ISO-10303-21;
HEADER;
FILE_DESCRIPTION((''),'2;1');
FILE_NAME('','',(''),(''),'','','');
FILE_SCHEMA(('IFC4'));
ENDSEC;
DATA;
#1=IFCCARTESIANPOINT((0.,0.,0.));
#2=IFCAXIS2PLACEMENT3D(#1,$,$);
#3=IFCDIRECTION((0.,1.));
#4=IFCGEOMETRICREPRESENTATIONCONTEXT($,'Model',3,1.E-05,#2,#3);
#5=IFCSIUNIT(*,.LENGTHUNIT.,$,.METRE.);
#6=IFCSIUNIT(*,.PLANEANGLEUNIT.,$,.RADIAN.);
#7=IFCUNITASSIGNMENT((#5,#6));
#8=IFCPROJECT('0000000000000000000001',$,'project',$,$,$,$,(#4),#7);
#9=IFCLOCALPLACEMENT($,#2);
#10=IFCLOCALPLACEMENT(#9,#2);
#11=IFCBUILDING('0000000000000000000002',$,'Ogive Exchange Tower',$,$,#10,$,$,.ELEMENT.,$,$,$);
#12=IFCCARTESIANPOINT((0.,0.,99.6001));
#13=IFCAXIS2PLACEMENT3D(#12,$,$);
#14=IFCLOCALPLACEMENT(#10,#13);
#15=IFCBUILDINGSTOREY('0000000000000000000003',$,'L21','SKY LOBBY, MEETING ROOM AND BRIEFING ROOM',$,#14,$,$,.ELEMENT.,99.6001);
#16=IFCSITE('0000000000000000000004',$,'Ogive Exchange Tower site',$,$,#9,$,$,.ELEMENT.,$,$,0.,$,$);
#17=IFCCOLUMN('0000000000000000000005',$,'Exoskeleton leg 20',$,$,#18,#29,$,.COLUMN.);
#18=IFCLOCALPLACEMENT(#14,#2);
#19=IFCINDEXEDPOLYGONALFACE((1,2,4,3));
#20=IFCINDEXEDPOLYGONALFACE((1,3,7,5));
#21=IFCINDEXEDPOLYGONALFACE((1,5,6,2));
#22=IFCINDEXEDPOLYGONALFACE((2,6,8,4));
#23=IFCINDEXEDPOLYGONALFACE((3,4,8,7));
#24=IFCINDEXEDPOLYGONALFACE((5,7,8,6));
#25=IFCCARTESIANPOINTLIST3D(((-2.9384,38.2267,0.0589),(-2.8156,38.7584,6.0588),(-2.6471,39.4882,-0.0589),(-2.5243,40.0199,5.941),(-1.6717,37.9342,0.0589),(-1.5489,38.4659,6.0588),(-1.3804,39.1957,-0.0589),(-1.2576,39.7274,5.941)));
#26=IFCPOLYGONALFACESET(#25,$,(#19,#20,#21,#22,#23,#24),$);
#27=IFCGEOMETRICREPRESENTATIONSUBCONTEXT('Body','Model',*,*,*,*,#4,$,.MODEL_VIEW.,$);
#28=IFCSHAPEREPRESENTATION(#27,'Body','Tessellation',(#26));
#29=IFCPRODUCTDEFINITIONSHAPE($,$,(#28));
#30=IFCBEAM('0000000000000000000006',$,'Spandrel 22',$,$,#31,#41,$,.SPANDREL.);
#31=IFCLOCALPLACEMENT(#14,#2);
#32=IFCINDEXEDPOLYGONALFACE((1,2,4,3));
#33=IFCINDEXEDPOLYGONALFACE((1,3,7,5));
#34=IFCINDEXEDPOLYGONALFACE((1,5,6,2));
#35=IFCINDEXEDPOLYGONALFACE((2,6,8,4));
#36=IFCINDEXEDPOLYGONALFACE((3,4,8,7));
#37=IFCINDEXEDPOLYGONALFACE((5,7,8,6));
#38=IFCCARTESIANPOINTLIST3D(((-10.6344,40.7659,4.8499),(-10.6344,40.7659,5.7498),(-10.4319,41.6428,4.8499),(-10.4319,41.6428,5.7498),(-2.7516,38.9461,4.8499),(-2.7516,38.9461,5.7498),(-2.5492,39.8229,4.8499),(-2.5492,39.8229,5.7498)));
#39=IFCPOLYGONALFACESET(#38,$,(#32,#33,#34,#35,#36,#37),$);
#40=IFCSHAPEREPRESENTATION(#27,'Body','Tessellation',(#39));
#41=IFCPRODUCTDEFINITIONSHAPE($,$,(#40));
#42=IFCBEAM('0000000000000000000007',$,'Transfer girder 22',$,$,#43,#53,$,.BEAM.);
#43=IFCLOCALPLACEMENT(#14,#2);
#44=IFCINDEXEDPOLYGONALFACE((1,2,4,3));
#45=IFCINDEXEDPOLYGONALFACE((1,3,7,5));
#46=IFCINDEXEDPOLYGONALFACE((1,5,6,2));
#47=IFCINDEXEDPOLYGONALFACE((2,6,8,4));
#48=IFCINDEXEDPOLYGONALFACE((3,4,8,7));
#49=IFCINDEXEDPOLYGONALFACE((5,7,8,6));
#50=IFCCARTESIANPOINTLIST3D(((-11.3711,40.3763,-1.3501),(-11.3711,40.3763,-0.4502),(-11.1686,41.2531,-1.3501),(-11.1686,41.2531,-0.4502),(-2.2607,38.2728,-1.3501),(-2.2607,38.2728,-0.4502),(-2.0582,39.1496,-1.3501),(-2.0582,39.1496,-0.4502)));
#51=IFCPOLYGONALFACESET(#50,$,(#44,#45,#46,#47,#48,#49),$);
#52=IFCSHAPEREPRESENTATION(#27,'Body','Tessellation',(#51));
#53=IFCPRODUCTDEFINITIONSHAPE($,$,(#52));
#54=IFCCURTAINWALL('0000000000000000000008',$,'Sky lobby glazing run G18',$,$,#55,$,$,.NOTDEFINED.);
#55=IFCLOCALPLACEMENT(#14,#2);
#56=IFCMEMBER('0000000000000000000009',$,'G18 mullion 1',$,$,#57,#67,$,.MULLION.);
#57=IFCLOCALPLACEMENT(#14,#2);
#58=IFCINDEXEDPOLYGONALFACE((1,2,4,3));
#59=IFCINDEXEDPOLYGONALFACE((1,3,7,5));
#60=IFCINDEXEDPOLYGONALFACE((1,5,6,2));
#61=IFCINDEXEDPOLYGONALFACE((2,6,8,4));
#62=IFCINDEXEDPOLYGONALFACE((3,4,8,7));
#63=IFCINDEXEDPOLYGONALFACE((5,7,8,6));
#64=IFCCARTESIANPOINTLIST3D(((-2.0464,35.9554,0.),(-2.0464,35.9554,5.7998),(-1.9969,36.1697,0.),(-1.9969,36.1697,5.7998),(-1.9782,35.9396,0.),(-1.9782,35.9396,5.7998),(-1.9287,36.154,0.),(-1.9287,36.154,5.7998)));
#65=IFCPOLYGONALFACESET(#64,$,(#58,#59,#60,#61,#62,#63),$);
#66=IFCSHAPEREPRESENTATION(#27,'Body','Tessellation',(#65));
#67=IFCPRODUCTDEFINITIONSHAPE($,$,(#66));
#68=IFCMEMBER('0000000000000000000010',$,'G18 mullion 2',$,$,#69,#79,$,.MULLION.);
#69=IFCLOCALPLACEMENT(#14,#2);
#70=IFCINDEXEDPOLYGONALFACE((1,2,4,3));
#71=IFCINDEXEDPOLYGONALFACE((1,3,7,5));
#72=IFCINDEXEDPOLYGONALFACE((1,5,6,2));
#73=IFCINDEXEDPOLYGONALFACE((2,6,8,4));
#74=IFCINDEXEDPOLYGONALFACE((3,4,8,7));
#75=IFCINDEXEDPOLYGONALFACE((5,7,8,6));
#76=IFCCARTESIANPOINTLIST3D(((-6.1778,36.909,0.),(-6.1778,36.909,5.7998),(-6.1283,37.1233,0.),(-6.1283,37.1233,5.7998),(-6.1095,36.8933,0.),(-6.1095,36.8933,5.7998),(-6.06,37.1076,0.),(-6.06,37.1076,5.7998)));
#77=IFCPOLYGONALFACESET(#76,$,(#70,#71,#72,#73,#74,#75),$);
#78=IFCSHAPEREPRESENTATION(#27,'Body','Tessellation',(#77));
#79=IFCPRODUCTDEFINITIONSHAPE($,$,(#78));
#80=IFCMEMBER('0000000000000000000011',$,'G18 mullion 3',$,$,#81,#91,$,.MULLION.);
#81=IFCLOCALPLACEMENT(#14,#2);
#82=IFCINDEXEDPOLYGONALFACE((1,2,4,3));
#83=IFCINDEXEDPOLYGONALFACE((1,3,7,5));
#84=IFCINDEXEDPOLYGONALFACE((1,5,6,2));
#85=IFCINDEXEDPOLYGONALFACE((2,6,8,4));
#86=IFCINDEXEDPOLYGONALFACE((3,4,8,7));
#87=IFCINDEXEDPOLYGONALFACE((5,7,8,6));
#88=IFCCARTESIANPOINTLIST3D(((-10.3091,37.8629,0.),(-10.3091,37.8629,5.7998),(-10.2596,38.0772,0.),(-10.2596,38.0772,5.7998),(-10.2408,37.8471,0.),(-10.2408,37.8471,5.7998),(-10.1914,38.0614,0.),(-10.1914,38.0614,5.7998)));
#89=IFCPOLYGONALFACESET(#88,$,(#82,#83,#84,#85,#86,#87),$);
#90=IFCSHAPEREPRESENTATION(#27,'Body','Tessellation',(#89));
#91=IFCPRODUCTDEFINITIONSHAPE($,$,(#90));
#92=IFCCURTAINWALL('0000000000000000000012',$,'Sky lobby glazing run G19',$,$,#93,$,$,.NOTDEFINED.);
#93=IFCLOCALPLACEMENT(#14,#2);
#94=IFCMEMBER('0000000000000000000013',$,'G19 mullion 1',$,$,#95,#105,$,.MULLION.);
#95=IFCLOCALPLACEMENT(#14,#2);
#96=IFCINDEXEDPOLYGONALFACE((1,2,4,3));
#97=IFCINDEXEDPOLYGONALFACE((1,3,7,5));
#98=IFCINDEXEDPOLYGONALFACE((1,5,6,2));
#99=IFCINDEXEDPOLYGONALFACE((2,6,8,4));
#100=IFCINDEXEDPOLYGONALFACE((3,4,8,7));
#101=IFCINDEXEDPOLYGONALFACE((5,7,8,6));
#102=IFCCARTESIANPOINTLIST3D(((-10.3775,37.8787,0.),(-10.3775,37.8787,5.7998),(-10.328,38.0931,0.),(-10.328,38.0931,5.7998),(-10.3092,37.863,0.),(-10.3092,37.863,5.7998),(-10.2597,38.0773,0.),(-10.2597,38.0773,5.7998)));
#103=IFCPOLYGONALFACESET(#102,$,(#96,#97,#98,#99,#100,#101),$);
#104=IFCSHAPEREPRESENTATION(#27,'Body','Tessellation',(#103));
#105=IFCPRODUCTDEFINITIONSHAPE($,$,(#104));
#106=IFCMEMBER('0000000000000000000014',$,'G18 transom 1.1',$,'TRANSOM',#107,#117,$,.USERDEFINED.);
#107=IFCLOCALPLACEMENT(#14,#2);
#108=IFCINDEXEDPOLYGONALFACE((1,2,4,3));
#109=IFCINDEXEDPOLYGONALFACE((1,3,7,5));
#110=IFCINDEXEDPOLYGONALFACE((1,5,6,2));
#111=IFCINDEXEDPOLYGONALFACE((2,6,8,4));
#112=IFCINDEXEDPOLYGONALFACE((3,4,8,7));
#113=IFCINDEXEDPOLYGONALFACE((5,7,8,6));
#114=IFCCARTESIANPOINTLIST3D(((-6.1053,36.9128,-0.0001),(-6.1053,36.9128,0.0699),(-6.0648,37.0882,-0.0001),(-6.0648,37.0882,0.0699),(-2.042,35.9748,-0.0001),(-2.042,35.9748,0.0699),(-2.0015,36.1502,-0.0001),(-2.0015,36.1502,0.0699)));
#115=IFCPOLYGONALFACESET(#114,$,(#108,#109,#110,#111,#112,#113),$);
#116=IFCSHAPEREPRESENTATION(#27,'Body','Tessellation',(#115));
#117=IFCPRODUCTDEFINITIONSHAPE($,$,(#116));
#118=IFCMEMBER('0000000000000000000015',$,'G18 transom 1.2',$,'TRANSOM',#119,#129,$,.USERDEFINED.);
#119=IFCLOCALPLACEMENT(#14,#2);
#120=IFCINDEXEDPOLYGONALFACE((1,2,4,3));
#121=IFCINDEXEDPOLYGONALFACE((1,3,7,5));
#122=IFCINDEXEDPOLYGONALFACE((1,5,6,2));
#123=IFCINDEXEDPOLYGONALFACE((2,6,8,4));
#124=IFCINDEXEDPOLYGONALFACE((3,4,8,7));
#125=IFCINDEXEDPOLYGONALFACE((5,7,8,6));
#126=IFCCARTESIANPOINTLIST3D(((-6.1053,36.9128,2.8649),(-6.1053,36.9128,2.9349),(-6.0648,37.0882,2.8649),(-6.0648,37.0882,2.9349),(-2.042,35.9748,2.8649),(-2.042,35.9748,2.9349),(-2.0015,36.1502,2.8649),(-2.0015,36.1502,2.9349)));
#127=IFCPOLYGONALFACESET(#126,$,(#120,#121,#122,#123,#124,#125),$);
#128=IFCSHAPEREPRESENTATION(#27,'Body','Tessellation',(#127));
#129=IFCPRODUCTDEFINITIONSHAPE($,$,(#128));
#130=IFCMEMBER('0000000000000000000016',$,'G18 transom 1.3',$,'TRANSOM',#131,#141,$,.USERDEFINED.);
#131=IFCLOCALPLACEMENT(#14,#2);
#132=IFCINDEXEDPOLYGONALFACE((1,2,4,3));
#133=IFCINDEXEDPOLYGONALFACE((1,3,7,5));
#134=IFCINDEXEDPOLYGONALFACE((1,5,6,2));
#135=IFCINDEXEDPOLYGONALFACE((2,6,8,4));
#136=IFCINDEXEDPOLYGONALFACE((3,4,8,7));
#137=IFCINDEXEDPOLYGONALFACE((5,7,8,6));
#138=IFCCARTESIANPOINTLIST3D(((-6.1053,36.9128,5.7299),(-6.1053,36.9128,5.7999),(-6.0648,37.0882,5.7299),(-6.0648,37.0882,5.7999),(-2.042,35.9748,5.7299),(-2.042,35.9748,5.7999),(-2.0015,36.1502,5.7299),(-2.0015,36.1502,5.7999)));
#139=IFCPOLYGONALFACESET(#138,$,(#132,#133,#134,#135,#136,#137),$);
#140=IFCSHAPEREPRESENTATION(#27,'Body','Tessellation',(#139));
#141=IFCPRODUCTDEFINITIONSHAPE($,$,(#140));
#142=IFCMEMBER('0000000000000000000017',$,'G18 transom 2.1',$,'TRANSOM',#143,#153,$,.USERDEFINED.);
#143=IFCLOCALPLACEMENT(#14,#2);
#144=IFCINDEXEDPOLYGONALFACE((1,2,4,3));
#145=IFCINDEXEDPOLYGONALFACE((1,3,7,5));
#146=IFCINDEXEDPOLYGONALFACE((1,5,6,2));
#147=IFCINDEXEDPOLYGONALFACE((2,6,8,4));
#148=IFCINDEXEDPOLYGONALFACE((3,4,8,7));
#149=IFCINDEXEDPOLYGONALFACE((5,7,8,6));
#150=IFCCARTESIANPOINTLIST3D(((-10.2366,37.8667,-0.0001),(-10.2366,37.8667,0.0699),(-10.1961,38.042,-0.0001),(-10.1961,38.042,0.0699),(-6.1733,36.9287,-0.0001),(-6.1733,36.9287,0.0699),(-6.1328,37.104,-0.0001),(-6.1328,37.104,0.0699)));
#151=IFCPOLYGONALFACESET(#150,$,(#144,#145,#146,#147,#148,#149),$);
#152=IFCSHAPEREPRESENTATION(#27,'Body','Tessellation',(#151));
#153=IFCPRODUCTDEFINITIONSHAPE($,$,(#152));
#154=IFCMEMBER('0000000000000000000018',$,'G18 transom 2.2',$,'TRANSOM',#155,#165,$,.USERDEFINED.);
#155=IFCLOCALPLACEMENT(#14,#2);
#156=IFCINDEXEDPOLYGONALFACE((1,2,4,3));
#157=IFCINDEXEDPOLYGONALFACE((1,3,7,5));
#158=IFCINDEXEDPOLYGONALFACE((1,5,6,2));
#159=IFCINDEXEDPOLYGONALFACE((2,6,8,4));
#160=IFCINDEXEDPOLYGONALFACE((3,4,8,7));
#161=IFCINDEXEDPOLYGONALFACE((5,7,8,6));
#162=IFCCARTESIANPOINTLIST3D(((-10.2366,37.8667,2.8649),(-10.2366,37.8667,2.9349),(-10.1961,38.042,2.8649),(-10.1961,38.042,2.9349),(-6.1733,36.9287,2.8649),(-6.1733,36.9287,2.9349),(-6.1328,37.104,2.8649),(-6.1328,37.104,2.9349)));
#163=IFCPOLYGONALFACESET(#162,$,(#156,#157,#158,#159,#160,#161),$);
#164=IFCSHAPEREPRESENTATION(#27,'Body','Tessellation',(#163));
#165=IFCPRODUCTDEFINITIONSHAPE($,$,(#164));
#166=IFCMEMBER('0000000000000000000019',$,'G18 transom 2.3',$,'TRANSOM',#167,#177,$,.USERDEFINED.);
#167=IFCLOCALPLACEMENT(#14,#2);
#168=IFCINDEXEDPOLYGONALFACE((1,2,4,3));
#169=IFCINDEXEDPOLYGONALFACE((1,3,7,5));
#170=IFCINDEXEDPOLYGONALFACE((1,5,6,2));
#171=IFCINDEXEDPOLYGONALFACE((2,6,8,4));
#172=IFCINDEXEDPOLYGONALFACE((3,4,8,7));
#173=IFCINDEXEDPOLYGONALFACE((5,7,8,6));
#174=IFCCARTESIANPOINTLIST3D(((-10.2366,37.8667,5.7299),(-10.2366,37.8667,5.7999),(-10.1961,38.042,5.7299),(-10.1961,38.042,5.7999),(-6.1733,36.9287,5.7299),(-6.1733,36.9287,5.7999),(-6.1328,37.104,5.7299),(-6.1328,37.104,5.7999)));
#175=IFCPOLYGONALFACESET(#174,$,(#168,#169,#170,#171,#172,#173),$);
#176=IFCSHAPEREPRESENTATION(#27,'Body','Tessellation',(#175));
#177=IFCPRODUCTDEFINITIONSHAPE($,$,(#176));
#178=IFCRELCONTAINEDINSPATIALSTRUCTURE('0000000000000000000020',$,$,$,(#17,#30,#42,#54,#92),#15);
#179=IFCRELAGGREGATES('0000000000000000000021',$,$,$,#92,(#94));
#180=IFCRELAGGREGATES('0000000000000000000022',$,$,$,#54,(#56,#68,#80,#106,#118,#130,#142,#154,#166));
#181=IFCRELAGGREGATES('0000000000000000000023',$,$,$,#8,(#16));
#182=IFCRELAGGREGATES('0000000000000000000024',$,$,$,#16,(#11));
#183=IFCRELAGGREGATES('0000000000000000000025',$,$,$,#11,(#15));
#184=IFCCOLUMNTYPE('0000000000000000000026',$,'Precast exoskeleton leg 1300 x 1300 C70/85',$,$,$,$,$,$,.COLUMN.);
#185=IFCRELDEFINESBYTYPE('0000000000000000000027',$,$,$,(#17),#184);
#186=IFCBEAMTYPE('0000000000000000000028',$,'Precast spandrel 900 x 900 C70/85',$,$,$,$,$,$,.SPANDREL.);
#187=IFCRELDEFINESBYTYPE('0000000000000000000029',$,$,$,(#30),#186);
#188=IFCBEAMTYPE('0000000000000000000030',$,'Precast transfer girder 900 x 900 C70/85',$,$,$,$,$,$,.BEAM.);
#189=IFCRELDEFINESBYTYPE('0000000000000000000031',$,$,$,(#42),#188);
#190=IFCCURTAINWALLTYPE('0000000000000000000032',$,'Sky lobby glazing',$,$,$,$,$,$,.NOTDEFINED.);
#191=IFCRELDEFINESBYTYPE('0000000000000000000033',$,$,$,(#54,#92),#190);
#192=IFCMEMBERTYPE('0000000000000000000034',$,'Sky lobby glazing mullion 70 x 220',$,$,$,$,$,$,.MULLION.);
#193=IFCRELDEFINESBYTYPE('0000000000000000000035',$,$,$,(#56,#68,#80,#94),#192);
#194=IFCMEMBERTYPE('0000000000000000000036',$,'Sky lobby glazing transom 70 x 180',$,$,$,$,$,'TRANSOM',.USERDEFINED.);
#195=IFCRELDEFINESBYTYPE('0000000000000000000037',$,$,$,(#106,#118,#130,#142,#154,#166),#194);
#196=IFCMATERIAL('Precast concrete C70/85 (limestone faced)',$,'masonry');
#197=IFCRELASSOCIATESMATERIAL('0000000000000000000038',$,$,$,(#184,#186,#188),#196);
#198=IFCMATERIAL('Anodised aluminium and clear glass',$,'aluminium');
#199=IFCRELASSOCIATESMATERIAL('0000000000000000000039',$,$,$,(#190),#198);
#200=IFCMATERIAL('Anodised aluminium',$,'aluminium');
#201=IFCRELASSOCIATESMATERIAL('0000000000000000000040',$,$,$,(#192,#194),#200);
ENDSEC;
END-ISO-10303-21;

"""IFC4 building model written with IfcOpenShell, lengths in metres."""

from ifc_helpers import new_model, si_unit, direction, frame, origin, origin_2d, place, context, subcontext, project, spatial, rectangle, extrude, material, material_profile, profile_set, type_object, element, aggregate, save


model = new_model("IFC4")

# Units and contexts
model_context = context("Model", 3, precision=1e-05, world=origin(), true_north=direction((0.0, 1.0)))
body_context = subcontext(model_context, "Body", "Model", "MODEL_VIEW")
ifc_project = project(units=[si_unit("LENGTHUNIT", "METRE"), si_unit("PLANEANGLEUNIT", "RADIAN")], contexts=[model_context])

# Site, building, storey
site_placement = place(None, origin())
site = spatial("IfcSite", under=ifc_project, at=site_placement, Name="Ogive Exchange Tower site", CompositionType="ELEMENT", RefElevation=0.0)
building_placement = place(site_placement, origin())
building = spatial("IfcBuilding", under=site, at=building_placement, Name="Ogive Exchange Tower", CompositionType="ELEMENT")
storey_placement = place(building_placement, frame((0.0, 0.0, 99.6001)))
storey = spatial("IfcBuildingStorey", under=building, at=storey_placement, Name="L21", Description="SKY LOBBY, MEETING ROOM AND BRIEFING ROOM", CompositionType="ELEMENT", Elevation=99.6001)

# Column
ifc_material_1 = material(Name="Precast concrete C70/85 (limestone faced)", Category="masonry")
ifc_material_profile_1 = material_profile(ifc_material_1, rectangle(XDim=1.3, YDim=1.3, at=origin_2d()), Name="1300 x 1300")
ifc_profile_set_1 = profile_set([ifc_material_profile_1], Name="Precast concrete C70/85 (limestone faced)")
column_type = type_object("IfcColumnType", Name="Precast exoskeleton leg 1300 x 1300 C70/85", PredefinedType="COLUMN", material=ifc_profile_set_1)
column_placement = place(storey_placement, frame((-2.1594, 38.7112, 0.0), z_axis=(0.020383, 0.088259, 0.995889), x_axis=(-0.974353, 0.225023, 0.0)))
element("IfcColumn", 1, at=column_placement, inside=storey, type_object=column_type, Name="Exoskeleton leg 20", PredefinedType="COLUMN", context=body_context, shape_type="SweptSolid", body=[
    extrude(rectangle(XDim=1.3, YDim=1.3, at=origin_2d()), origin(), (0.0, 0.0, 1.0), 6.0247),
])

# Beams
ifc_material_profile_2 = material_profile(ifc_material_1, rectangle(XDim=0.8999, YDim=0.8999, at=origin_2d()), Name="900 x 900")
ifc_profile_set_2 = profile_set([ifc_material_profile_2], Name="Precast concrete C70/85 (limestone faced)")
beam_type_1 = type_object("IfcBeamType", Name="Precast spandrel 900 x 900 C70/85", PredefinedType="SPANDREL", material=ifc_profile_set_2)
beam_1_placement = place(storey_placement, frame((-2.6504, 39.3845, 5.2998), z_axis=(-0.974372, 0.224943, 0.0), x_axis=(-0.224943, -0.974372, 0.0)))
element("IfcBeam", 2, at=beam_1_placement, inside=storey, type_object=beam_type_1, Name="Spandrel 22", PredefinedType="SPANDREL", context=body_context, shape_type="SweptSolid", body=[
    extrude(rectangle(XDim=0.8999, YDim=0.8999, at=origin_2d()), origin(), (0.0, 0.0, 1.0), 8.0901),
])
ifc_material_profile_3 = material_profile(ifc_material_1, rectangle(XDim=0.8999, YDim=0.8999, at=origin_2d()), Name="900 x 900")
ifc_profile_set_3 = profile_set([ifc_material_profile_3], Name="Precast concrete C70/85 (limestone faced)")
beam_type_2 = type_object("IfcBeamType", Name="Precast transfer girder 900 x 900 C70/85", PredefinedType="BEAM", material=ifc_profile_set_3)
beam_2_placement = place(storey_placement, frame((-2.1594, 38.7112, -0.9001), z_axis=(-0.974365, 0.224974, 0.0), x_axis=(-0.224974, -0.974365, 0.0)))
element("IfcBeam", 3, at=beam_2_placement, inside=storey, type_object=beam_type_2, Name="Transfer girder 22", PredefinedType="BEAM", context=body_context, shape_type="SweptSolid", body=[
    extrude(rectangle(XDim=0.8999, YDim=0.8999, at=origin_2d()), origin(), (0.0, 0.0, 1.0), 9.3501),
])

# Curtain wall, members
ifc_material_2 = material(Name="Anodised aluminium and clear glass", Category="aluminium")
curtain_wall_type = type_object("IfcCurtainWallType", Name="Sky lobby glazing", PredefinedType="NOTDEFINED", material=ifc_material_2)
curtain_wall_1_placement = place(storey_placement, origin())
curtain_wall_1 = element("IfcCurtainWall", 4, at=curtain_wall_1_placement, inside=storey, type_object=curtain_wall_type, Name="Sky lobby glazing run G18", PredefinedType="NOTDEFINED")
ifc_material_3 = material(Name="Anodised aluminium", Category="aluminium")
ifc_material_profile_4 = material_profile(ifc_material_3, rectangle(XDim=0.22, YDim=0.0701, at=origin_2d()), Name="AL 70x220")
ifc_profile_set_4 = profile_set([ifc_material_profile_4], Name="Anodised aluminium")
member_type_1 = type_object("IfcMemberType", Name="Sky lobby glazing mullion 70 x 220", PredefinedType="MULLION", material=ifc_profile_set_4)
member_1_placement = place(storey_placement, frame((-1.9875, 36.0547, 0.0), z_axis=(0.0, 0.0, 1.0), x_axis=(-0.224958, -0.974369, 0.0)))
member_1 = element("IfcMember", 5, at=member_1_placement, type_object=member_type_1, Name="G18 mullion 1", PredefinedType="MULLION", context=body_context, shape_type="SweptSolid", body=[
    extrude(rectangle(XDim=0.22, YDim=0.0701, at=origin_2d()), origin(), (0.0, 0.0, 1.0), 5.7998),
])
member_2_placement = place(storey_placement, frame((-6.1189, 37.0083, 0.0), z_axis=(0.0, 0.0, 1.0), x_axis=(-0.224958, -0.974369, 0.0)))
member_2 = element("IfcMember", 6, at=member_2_placement, type_object=member_type_1, Name="G18 mullion 2", PredefinedType="MULLION", context=body_context, shape_type="SweptSolid", body=[
    extrude(rectangle(XDim=0.22, YDim=0.0701, at=origin_2d()), origin(), (0.0, 0.0, 1.0), 5.7998),
])
member_3_placement = place(storey_placement, frame((-10.2502, 37.9622, 0.0), z_axis=(0.0, 0.0, 1.0), x_axis=(-0.224958, -0.974369, 0.0)))
member_3 = element("IfcMember", 7, at=member_3_placement, type_object=member_type_1, Name="G18 mullion 3", PredefinedType="MULLION", context=body_context, shape_type="SweptSolid", body=[
    extrude(rectangle(XDim=0.22, YDim=0.0701, at=origin_2d()), origin(), (0.0, 0.0, 1.0), 5.7998),
])

# Curtain wall, member
curtain_wall_2_placement = place(storey_placement, origin())
curtain_wall_2 = element("IfcCurtainWall", 8, at=curtain_wall_2_placement, inside=storey, type_object=curtain_wall_type, Name="Sky lobby glazing run G19", PredefinedType="NOTDEFINED")
member_4_placement = place(storey_placement, frame((-10.3186, 37.978, 0.0), z_axis=(0.0, 0.0, 1.0), x_axis=(-0.224949, -0.97437, 0.0)))
member_4 = element("IfcMember", 9, at=member_4_placement, type_object=member_type_1, Name="G19 mullion 1", PredefinedType="MULLION", context=body_context, shape_type="SweptSolid", body=[
    extrude(rectangle(XDim=0.22, YDim=0.0701, at=origin_2d()), origin(), (0.0, 0.0, 1.0), 5.7998),
])
aggregate(curtain_wall_2, [member_4])

# Members
ifc_material_profile_5 = material_profile(ifc_material_3, rectangle(XDim=0.1799, YDim=0.0701, at=origin_2d()), Name="AL 70x180")
ifc_profile_set_5 = profile_set([ifc_material_profile_5], Name="Anodised aluminium")
member_type_2 = type_object("IfcMemberType", Name="Sky lobby glazing transom 70 x 180", ElementType="TRANSOM", PredefinedType="USERDEFINED", material=ifc_profile_set_5)
member_5_placement = place(storey_placement, frame((-2.0217, 36.0625, 0.0349), z_axis=(-0.974374, 0.224932, 0.0), x_axis=(-0.224932, -0.974374, 0.0)))
member_5 = element("IfcMember", 10, at=member_5_placement, type_object=member_type_2, Name="G18 transom 1.1", ObjectType="TRANSOM", PredefinedType="USERDEFINED", context=body_context, shape_type="SweptSolid", body=[
    extrude(rectangle(XDim=0.1799, YDim=0.0701, at=origin_2d()), origin(), (0.0, 0.0, 1.0), 4.1702),
])
member_6_placement = place(storey_placement, frame((-2.0217, 36.0625, 2.8999), z_axis=(-0.974374, 0.224932, 0.0), x_axis=(-0.224932, -0.974374, 0.0)))
member_6 = element("IfcMember", 11, at=member_6_placement, type_object=member_type_2, Name="G18 transom 1.2", ObjectType="TRANSOM", PredefinedType="USERDEFINED", context=body_context, shape_type="SweptSolid", body=[
    extrude(rectangle(XDim=0.1799, YDim=0.0701, at=origin_2d()), origin(), (0.0, 0.0, 1.0), 4.1702),
])
member_7_placement = place(storey_placement, frame((-2.0217, 36.0625, 5.7649), z_axis=(-0.974374, 0.224932, 0.0), x_axis=(-0.224932, -0.974374, 0.0)))
member_7 = element("IfcMember", 12, at=member_7_placement, type_object=member_type_2, Name="G18 transom 1.3", ObjectType="TRANSOM", PredefinedType="USERDEFINED", context=body_context, shape_type="SweptSolid", body=[
    extrude(rectangle(XDim=0.1799, YDim=0.0701, at=origin_2d()), origin(), (0.0, 0.0, 1.0), 4.1702),
])
member_8_placement = place(storey_placement, frame((-6.1531, 37.0164, 0.0349), z_axis=(-0.974374, 0.224932, 0.0), x_axis=(-0.224932, -0.974374, 0.0)))
member_8 = element("IfcMember", 13, at=member_8_placement, type_object=member_type_2, Name="G18 transom 2.1", ObjectType="TRANSOM", PredefinedType="USERDEFINED", context=body_context, shape_type="SweptSolid", body=[
    extrude(rectangle(XDim=0.1799, YDim=0.0701, at=origin_2d()), origin(), (0.0, 0.0, 1.0), 4.1702),
])
member_9_placement = place(storey_placement, frame((-6.1531, 37.0164, 2.8999), z_axis=(-0.974374, 0.224932, 0.0), x_axis=(-0.224932, -0.974374, 0.0)))
member_9 = element("IfcMember", 14, at=member_9_placement, type_object=member_type_2, Name="G18 transom 2.2", ObjectType="TRANSOM", PredefinedType="USERDEFINED", context=body_context, shape_type="SweptSolid", body=[
    extrude(rectangle(XDim=0.1799, YDim=0.0701, at=origin_2d()), origin(), (0.0, 0.0, 1.0), 4.1702),
])
member_10_placement = place(storey_placement, frame((-6.1531, 37.0164, 5.7649), z_axis=(-0.974374, 0.224932, 0.0), x_axis=(-0.224932, -0.974374, 0.0)))
member_10 = element("IfcMember", 15, at=member_10_placement, type_object=member_type_2, Name="G18 transom 2.3", ObjectType="TRANSOM", PredefinedType="USERDEFINED", context=body_context, shape_type="SweptSolid", body=[
    extrude(rectangle(XDim=0.1799, YDim=0.0701, at=origin_2d()), origin(), (0.0, 0.0, 1.0), 4.1702),
])

aggregate(curtain_wall_1, [member_1, member_2, member_3, member_5, member_6, member_7, member_8, member_9, member_10])

save(model, "model.ifc")
